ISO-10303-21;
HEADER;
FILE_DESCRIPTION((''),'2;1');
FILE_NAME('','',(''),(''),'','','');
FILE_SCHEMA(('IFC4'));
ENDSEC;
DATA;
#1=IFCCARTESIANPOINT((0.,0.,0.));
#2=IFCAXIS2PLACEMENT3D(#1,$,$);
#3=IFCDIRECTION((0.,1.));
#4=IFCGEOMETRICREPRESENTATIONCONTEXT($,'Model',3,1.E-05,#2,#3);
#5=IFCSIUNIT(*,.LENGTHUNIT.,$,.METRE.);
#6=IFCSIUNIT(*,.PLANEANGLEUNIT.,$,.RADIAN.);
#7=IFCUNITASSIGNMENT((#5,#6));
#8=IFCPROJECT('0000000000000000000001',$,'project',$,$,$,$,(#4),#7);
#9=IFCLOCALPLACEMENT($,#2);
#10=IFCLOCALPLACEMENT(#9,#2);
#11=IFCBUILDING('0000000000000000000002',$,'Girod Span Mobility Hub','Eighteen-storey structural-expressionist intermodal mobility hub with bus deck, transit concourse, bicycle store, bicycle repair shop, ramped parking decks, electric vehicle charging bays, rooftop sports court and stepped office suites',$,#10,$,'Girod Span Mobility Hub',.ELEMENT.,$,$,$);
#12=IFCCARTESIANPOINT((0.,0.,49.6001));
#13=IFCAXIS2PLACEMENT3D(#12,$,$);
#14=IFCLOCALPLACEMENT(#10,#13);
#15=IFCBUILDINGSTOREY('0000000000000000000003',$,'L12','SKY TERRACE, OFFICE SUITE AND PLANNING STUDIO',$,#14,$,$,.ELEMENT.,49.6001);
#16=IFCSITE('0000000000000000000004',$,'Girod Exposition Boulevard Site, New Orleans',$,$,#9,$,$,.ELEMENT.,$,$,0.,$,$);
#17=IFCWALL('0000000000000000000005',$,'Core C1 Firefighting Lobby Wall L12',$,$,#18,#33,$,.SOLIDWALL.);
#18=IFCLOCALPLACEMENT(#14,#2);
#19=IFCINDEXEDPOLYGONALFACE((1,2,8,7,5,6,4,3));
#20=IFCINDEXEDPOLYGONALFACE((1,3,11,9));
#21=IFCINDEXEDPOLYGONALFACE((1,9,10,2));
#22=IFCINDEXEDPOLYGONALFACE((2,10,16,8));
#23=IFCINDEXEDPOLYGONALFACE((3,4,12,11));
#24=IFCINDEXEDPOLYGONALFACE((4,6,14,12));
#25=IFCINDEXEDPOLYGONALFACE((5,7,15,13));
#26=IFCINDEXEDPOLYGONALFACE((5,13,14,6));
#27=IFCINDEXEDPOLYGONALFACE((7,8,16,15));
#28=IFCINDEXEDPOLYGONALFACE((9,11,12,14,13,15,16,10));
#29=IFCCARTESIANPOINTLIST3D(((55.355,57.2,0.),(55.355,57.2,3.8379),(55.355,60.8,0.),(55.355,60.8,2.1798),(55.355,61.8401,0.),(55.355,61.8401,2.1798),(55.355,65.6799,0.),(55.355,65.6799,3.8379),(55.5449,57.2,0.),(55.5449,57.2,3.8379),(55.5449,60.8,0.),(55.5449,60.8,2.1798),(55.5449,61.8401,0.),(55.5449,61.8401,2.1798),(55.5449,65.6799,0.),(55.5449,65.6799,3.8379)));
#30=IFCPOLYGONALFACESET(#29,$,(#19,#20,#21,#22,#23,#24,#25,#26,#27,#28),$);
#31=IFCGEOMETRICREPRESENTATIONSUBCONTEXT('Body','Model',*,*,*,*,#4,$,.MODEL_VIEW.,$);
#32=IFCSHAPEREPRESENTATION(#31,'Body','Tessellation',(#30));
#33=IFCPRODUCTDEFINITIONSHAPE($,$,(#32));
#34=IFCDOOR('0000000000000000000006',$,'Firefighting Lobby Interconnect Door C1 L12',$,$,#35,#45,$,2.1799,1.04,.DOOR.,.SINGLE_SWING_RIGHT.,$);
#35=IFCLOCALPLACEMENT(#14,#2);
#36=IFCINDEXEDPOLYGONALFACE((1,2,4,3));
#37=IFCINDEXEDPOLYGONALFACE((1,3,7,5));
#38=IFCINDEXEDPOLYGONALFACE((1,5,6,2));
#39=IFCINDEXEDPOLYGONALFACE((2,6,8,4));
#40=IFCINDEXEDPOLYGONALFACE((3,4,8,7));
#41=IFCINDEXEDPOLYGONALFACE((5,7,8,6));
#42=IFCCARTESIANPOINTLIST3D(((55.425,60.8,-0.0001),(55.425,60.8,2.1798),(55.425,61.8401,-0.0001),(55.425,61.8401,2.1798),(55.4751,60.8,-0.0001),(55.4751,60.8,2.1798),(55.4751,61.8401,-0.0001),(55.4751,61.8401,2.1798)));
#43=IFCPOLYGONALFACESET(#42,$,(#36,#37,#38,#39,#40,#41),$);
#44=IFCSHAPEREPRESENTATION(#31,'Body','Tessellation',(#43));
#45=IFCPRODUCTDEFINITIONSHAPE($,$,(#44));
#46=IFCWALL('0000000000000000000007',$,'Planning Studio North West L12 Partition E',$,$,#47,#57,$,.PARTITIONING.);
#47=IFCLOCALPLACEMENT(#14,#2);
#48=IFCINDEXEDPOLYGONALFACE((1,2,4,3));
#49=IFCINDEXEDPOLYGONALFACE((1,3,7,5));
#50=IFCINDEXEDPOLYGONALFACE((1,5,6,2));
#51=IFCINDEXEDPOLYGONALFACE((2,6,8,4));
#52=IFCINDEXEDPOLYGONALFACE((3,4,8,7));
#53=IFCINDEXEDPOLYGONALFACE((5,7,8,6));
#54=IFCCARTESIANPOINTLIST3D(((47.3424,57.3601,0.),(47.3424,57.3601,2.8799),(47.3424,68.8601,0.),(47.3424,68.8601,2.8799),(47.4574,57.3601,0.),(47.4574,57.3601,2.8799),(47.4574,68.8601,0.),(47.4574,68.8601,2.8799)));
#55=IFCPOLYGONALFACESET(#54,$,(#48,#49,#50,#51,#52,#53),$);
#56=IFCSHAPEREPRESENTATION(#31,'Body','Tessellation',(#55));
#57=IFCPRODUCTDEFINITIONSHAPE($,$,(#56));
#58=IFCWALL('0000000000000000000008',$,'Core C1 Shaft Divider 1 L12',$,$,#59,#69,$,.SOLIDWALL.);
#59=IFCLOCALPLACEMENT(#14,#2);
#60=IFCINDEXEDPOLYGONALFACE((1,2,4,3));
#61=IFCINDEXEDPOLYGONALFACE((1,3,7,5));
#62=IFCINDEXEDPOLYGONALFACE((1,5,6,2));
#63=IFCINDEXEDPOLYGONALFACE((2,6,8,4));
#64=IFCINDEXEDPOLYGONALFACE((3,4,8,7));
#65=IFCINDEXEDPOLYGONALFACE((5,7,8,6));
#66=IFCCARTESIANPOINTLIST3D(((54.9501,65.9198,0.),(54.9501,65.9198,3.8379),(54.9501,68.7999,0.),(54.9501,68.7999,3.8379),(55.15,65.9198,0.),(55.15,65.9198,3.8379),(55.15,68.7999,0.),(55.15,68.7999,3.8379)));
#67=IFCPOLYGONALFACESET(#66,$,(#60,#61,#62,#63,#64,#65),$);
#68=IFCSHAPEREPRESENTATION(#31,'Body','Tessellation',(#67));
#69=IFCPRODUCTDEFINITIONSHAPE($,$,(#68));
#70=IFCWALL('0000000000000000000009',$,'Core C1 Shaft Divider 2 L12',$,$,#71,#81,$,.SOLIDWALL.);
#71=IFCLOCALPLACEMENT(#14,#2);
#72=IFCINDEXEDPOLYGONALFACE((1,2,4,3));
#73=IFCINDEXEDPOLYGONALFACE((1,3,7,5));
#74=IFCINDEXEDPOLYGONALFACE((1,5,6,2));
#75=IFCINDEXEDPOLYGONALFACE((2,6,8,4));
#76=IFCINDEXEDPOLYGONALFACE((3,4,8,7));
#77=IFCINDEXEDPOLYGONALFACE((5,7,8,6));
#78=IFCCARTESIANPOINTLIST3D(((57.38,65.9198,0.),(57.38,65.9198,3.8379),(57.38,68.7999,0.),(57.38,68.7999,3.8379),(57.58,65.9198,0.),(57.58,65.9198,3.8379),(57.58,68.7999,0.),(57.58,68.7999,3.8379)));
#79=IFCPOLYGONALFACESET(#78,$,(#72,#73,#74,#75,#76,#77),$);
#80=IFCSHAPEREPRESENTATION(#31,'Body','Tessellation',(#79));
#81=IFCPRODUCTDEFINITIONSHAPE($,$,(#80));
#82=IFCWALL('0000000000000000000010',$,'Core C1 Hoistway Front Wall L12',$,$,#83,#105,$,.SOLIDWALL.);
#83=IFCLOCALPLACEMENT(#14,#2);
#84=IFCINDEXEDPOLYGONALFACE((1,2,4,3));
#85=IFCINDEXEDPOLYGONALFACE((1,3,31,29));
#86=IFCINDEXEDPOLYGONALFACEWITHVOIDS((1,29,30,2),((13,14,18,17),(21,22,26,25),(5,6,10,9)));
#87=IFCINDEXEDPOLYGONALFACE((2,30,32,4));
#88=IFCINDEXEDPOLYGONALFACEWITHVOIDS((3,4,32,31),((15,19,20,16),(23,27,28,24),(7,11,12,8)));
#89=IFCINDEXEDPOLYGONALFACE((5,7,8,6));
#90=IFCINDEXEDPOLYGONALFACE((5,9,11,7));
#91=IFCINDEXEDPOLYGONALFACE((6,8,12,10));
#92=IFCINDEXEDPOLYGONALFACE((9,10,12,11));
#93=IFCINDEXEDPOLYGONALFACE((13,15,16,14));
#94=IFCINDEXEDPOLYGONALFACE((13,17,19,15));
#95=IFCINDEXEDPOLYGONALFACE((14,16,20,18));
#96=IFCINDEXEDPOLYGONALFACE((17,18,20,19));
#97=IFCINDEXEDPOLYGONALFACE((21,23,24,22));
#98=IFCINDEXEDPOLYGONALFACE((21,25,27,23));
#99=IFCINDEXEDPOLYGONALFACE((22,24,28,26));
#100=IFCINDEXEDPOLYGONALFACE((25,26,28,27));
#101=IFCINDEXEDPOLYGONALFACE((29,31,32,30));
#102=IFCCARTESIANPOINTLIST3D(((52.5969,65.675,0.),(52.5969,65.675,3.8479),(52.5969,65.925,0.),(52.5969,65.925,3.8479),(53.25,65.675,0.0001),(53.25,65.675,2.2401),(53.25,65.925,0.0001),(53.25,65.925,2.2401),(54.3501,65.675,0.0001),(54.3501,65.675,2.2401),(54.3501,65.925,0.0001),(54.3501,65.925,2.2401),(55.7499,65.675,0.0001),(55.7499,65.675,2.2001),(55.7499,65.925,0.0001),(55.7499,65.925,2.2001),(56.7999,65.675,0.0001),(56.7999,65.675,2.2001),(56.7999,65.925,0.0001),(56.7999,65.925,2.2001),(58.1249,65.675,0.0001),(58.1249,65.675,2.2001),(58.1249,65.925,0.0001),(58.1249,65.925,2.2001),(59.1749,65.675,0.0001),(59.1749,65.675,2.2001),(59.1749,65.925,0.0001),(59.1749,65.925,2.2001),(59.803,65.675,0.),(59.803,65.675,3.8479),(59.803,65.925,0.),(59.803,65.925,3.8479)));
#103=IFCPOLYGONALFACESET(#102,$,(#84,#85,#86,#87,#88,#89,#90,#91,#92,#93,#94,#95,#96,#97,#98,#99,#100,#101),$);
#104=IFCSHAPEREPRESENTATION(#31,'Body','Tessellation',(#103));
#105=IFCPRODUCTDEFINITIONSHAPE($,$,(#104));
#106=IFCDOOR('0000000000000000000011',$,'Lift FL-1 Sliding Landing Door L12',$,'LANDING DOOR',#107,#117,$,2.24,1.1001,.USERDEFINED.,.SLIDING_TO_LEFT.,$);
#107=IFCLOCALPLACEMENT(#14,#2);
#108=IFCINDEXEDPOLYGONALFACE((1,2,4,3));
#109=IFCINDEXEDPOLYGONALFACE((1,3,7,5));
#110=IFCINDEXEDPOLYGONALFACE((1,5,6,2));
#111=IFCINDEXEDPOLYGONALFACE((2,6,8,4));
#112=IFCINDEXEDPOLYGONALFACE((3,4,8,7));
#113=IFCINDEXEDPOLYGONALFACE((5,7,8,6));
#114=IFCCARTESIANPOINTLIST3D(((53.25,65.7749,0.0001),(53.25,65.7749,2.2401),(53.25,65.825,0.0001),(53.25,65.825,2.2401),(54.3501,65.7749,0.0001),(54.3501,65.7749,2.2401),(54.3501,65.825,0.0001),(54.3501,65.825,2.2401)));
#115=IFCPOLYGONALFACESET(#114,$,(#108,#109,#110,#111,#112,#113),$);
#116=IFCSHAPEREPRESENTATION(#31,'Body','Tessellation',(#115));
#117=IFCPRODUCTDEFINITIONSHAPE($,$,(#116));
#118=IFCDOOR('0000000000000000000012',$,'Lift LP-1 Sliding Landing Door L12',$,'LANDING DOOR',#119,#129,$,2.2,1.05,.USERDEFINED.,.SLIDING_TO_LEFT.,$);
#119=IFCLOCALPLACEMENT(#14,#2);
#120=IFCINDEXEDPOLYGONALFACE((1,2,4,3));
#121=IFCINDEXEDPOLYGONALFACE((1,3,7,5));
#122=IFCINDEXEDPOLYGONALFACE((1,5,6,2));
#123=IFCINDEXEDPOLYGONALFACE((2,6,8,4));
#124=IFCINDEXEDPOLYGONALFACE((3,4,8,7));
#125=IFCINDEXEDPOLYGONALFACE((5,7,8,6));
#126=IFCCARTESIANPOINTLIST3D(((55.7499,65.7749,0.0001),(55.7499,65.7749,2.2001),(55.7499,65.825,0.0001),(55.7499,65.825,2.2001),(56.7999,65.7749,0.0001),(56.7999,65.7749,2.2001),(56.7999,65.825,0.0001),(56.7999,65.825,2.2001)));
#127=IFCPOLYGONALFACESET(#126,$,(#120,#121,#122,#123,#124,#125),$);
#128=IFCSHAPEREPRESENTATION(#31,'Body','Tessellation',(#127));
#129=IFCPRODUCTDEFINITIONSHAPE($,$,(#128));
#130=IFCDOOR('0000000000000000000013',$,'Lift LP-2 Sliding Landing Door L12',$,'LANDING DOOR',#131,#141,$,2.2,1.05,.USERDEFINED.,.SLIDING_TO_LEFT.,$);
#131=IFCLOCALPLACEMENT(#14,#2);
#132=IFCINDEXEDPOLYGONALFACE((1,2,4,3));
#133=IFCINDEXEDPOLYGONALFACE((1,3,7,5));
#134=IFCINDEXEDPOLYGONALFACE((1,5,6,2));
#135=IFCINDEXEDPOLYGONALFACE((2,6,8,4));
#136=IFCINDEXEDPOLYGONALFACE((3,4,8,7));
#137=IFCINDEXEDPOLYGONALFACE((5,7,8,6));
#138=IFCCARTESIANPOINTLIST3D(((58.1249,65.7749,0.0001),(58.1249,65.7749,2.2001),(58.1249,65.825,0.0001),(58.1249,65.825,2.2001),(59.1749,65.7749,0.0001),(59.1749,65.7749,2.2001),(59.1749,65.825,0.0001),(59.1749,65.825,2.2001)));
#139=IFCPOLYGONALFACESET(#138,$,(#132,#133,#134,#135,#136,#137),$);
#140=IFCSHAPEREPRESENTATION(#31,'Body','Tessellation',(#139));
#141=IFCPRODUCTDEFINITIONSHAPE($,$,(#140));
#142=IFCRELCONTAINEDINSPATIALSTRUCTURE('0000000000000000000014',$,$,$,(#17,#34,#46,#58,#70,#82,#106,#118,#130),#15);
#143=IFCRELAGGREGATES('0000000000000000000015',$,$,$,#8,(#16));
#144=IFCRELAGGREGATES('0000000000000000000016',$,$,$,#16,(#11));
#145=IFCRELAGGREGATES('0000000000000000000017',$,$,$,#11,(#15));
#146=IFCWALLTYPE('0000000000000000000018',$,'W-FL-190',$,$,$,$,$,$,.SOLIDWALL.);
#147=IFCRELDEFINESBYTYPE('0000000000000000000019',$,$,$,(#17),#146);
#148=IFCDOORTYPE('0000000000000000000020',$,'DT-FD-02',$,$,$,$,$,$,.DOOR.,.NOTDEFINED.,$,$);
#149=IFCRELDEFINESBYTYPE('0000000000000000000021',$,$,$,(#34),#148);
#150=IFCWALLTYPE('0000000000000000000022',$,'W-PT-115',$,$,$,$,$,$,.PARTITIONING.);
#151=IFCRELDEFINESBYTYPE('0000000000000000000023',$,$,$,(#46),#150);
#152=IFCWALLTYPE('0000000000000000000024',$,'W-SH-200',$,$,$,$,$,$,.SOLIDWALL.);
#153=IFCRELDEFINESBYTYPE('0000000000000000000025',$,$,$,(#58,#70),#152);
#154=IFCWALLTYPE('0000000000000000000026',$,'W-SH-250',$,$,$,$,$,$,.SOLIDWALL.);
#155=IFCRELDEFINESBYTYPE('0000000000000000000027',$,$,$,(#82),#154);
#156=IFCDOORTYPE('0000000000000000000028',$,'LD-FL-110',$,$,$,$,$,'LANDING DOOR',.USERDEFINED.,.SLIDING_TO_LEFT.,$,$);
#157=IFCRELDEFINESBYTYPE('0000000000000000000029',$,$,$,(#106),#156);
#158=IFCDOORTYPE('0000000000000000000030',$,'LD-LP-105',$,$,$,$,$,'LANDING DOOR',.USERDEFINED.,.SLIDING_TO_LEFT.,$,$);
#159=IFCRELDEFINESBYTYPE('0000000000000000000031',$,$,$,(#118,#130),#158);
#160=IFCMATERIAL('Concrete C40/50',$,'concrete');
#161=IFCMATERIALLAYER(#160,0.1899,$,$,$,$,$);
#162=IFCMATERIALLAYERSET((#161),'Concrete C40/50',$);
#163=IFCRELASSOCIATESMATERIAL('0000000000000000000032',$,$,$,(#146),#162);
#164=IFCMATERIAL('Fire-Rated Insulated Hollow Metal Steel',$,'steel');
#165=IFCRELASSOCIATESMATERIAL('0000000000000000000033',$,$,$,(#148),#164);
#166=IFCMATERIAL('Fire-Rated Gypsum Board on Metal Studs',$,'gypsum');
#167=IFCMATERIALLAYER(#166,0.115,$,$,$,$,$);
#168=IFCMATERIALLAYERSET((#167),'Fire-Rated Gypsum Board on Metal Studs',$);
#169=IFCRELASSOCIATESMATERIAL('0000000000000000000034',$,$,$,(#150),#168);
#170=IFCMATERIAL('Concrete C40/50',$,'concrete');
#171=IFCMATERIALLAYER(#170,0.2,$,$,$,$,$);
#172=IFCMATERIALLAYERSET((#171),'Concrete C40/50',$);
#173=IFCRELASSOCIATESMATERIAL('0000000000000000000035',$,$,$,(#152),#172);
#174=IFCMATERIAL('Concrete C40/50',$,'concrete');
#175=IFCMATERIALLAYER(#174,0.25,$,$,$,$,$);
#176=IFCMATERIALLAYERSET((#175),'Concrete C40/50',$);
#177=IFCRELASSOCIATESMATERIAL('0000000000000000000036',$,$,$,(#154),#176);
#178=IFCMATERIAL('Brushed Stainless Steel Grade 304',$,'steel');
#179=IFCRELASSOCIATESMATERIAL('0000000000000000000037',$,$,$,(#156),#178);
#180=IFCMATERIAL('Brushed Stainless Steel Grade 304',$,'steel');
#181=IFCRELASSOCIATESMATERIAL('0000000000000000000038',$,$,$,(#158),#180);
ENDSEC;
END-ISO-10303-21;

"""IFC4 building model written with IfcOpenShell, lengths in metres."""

from ifc_helpers import new_model, si_unit, direction, frame, frame_2d, origin, place, context, subcontext, project, spatial, rectangle, extrude, material, layer, layer_set, type_object, element, fill, save


model = new_model("IFC4")

# Units and contexts
model_context = context("Model", 3, precision=1e-05, world=origin(), true_north=direction((0.0, 1.0)))
body_context = subcontext(model_context, "Body", "Model", "MODEL_VIEW")
ifc_project = project(units=[si_unit("LENGTHUNIT", "METRE"), si_unit("PLANEANGLEUNIT", "RADIAN")], contexts=[model_context])

# Site, building, storey
site_placement = place(None, origin())
site = spatial("IfcSite", under=ifc_project, at=site_placement, Name="Girod Exposition Boulevard Site, New Orleans", CompositionType="ELEMENT", RefElevation=0.0)
building_placement = place(site_placement, origin())
building = spatial("IfcBuilding", under=site, at=building_placement, Name="Girod Span Mobility Hub", Description="Eighteen-storey structural-expressionist intermodal mobility hub with bus deck, transit concourse, bicycle store, bicycle repair shop, ramped parking decks, electric vehicle charging bays, rooftop sports court and stepped office suites", LongName="Girod Span Mobility Hub", CompositionType="ELEMENT")
storey_placement = place(building_placement, frame((0.0, 0.0, 49.6001)))
storey = spatial("IfcBuildingStorey", under=building, at=storey_placement, Name="L12", Description="SKY TERRACE, OFFICE SUITE AND PLANNING STUDIO", CompositionType="ELEMENT", Elevation=49.6001)

# Wall, opening, door
ifc_material_1 = material(Name="Concrete C40/50", Category="concrete")
ifc_layer_1 = layer(ifc_material_1, 0.1899)
ifc_layer_set_1 = layer_set([ifc_layer_1], Name="Concrete C40/50")
wall_type_1 = type_object("IfcWallType", Name="W-FL-190", PredefinedType="SOLIDWALL", material=ifc_layer_set_1)
wall_1_placement = place(storey_placement, frame((55.45, 57.2, 0.0), z_axis=(0.0, 0.0, 1.0), x_axis=(0.0, 1.0, 0.0)))
wall_1 = element("IfcWall", 1, at=wall_1_placement, inside=storey, type_object=wall_type_1, Name="Core C1 Firefighting Lobby Wall L12", PredefinedType="SOLIDWALL", context=body_context, shape_type="SweptSolid", body=[
    extrude(rectangle(XDim=8.48, YDim=0.1899, at=frame_2d((4.24, 0.0))), origin(), (0.0, 0.0, 1.0), 3.8379),
])
opening_1_placement = place(wall_1_placement, frame((3.6001, 0.0, 0.0)))
opening_1 = element("IfcOpeningElement", 2, at=opening_1_placement, cuts=wall_1, PredefinedType="OPENING", context=body_context, shape_type="SweptSolid", body=[
    extrude(rectangle(XDim=1.04, YDim=2.1799, at=frame_2d((0.52, 1.0898))), frame((0.0, 0.1099, 0.0), z_axis=(0.0, -1.0, 0.0), x_axis=(1.0, 0.0, 0.0)), (0.0, 0.0, 1.0), 0.22),
])
ifc_material_2 = material(Name="Fire-Rated Insulated Hollow Metal Steel", Category="steel")
door_type_1 = type_object("IfcDoorType", Name="DT-FD-02", OperationType="NOTDEFINED", PredefinedType="DOOR", material=ifc_material_2)
door_1_placement = place(opening_1_placement, origin())
door_1 = element("IfcDoor", 3, at=door_1_placement, inside=storey, type_object=door_type_1, Name="Firefighting Lobby Interconnect Door C1 L12", OperationType="SINGLE_SWING_RIGHT", OverallHeight=2.1799, OverallWidth=1.04, PredefinedType="DOOR", context=body_context, shape_type="SweptSolid", body=[
    extrude(rectangle(XDim=1.04, YDim=2.1799, at=frame_2d((0.52, 1.0898))), frame((0.0, 0.0249, 0.0), z_axis=(0.0, -1.0, 0.0), x_axis=(1.0, 0.0, 0.0)), (0.0, 0.0, 1.0), 0.05),
])
fill(opening_1, door_1)

# Walls
ifc_material_3 = material(Name="Fire-Rated Gypsum Board on Metal Studs", Category="gypsum")
ifc_layer_2 = layer(ifc_material_3, 0.115)
ifc_layer_set_2 = layer_set([ifc_layer_2], Name="Fire-Rated Gypsum Board on Metal Studs")
wall_type_2 = type_object("IfcWallType", Name="W-PT-115", PredefinedType="PARTITIONING", material=ifc_layer_set_2)
wall_2_placement = place(storey_placement, frame((47.3999, 57.3601, 0.0), z_axis=(0.0, 0.0, 1.0), x_axis=(0.0, 1.0, 0.0)))
element("IfcWall", 4, at=wall_2_placement, inside=storey, type_object=wall_type_2, Name="Planning Studio North West L12 Partition E", PredefinedType="PARTITIONING", context=body_context, shape_type="SweptSolid", body=[
    extrude(rectangle(XDim=11.5, YDim=0.115, at=frame_2d((5.75, 0.0))), origin(), (0.0, 0.0, 1.0), 2.8799),
])
ifc_material_4 = material(Name="Concrete C40/50", Category="concrete")
ifc_layer_3 = layer(ifc_material_4, 0.2)
ifc_layer_set_3 = layer_set([ifc_layer_3], Name="Concrete C40/50")
wall_type_3 = type_object("IfcWallType", Name="W-SH-200", PredefinedType="SOLIDWALL", material=ifc_layer_set_3)
for number, where, z_axis, x_axis, name in (
    (5, (55.05, 65.9199, 0.0), (0.0, 0.0, 1.0), (0.0, 1.0, 0.0), "Core C1 Shaft Divider 1 L12"),
    (6, (57.48, 65.9199, 0.0), (0.0, 0.0, 1.0), (0.0, 1.0, 0.0), "Core C1 Shaft Divider 2 L12"),
):
    element("IfcWall", number, at=place(storey_placement, frame(where, z_axis=z_axis, x_axis=x_axis)), inside=storey, type_object=wall_type_3, Name=name, PredefinedType="SOLIDWALL", context=body_context, shape_type="SweptSolid", body=[
        extrude(rectangle(XDim=2.8801, YDim=0.2, at=frame_2d((1.4399, 0.0))), origin(), (0.0, 0.0, 1.0), 3.8379),
    ])

# Wall, openings, doors
ifc_material_5 = material(Name="Concrete C40/50", Category="concrete")
ifc_layer_4 = layer(ifc_material_5, 0.25)
ifc_layer_set_4 = layer_set([ifc_layer_4], Name="Concrete C40/50")
wall_type_4 = type_object("IfcWallType", Name="W-SH-250", PredefinedType="SOLIDWALL", material=ifc_layer_set_4)
wall_3_placement = place(storey_placement, frame((52.5969, 65.8, 0.0), z_axis=(0.0, 0.0, 1.0), x_axis=(1.0, 0.0, 0.0)))
wall_3 = element("IfcWall", 7, at=wall_3_placement, inside=storey, type_object=wall_type_4, Name="Core C1 Hoistway Front Wall L12", PredefinedType="SOLIDWALL", context=body_context, shape_type="SweptSolid", body=[
    extrude(rectangle(XDim=7.2061, YDim=0.25, at=frame_2d((3.603, 0.0))), origin(), (0.0, 0.0, 1.0), 3.8479),
])
opening_2_placement = place(wall_3_placement, frame((0.6531, 0.0, 0.0)))
opening_2 = element("IfcOpeningElement", 8, at=opening_2_placement, cuts=wall_3, PredefinedType="OPENING", context=body_context, shape_type="SweptSolid", body=[
    extrude(rectangle(XDim=1.1001, YDim=2.24, at=frame_2d((0.55, 1.1201))), frame((0.0, 0.1399, 0.0), z_axis=(0.0, -1.0, 0.0), x_axis=(1.0, 0.0, 0.0)), (0.0, 0.0, 1.0), 0.28),
])
opening_3_placement = place(wall_3_placement, frame((3.1531, 0.0, 0.0)))
opening_3 = element("IfcOpeningElement", 9, at=opening_3_placement, cuts=wall_3, PredefinedType="OPENING", context=body_context, shape_type="SweptSolid", body=[
    extrude(rectangle(XDim=1.05, YDim=2.2, at=frame_2d((0.5249, 1.1001))), frame((0.0, 0.1399, 0.0), z_axis=(0.0, -1.0, 0.0), x_axis=(1.0, 0.0, 0.0)), (0.0, 0.0, 1.0), 0.28),
])
opening_4_placement = place(wall_3_placement, frame((5.5281, 0.0, 0.0)))
opening_4 = element("IfcOpeningElement", 10, at=opening_4_placement, cuts=wall_3, PredefinedType="OPENING", context=body_context, shape_type="SweptSolid", body=[
    extrude(rectangle(XDim=1.05, YDim=2.2, at=frame_2d((0.5249, 1.1001))), frame((0.0, 0.1399, 0.0), z_axis=(0.0, -1.0, 0.0), x_axis=(1.0, 0.0, 0.0)), (0.0, 0.0, 1.0), 0.28),
])
ifc_material_6 = material(Name="Brushed Stainless Steel Grade 304", Category="steel")
door_type_2 = type_object("IfcDoorType", Name="LD-FL-110", ElementType="LANDING DOOR", OperationType="SLIDING_TO_LEFT", PredefinedType="USERDEFINED", material=ifc_material_6)
door_2_placement = place(opening_2_placement, origin())
door_2 = element("IfcDoor", 11, at=door_2_placement, inside=storey, type_object=door_type_2, Name="Lift FL-1 Sliding Landing Door L12", ObjectType="LANDING DOOR", OperationType="SLIDING_TO_LEFT", OverallHeight=2.24, OverallWidth=1.1001, PredefinedType="USERDEFINED", context=body_context, shape_type="SweptSolid", body=[
    extrude(rectangle(XDim=1.1001, YDim=2.24, at=frame_2d((0.55, 1.1201))), frame((0.0, 0.0249, 0.0), z_axis=(0.0, -1.0, 0.0), x_axis=(1.0, 0.0, 0.0)), (0.0, 0.0, 1.0), 0.05),
])
fill(opening_2, door_2)
ifc_material_7 = material(Name="Brushed Stainless Steel Grade 304", Category="steel")
door_type_3 = type_object("IfcDoorType", Name="LD-LP-105", ElementType="LANDING DOOR", OperationType="SLIDING_TO_LEFT", PredefinedType="USERDEFINED", material=ifc_material_7)
door_3_placement = place(opening_3_placement, origin())
door_3 = element("IfcDoor", 12, at=door_3_placement, inside=storey, type_object=door_type_3, Name="Lift LP-1 Sliding Landing Door L12", ObjectType="LANDING DOOR", OperationType="SLIDING_TO_LEFT", OverallHeight=2.2, OverallWidth=1.05, PredefinedType="USERDEFINED", context=body_context, shape_type="SweptSolid", body=[
    extrude(rectangle(XDim=1.05, YDim=2.2, at=frame_2d((0.5249, 1.1001))), frame((0.0, 0.0249, 0.0), z_axis=(0.0, -1.0, 0.0), x_axis=(1.0, 0.0, 0.0)), (0.0, 0.0, 1.0), 0.05),
])
fill(opening_3, door_3)
door_4_placement = place(opening_4_placement, origin())
door_4 = element("IfcDoor", 13, at=door_4_placement, inside=storey, type_object=door_type_3, Name="Lift LP-2 Sliding Landing Door L12", ObjectType="LANDING DOOR", OperationType="SLIDING_TO_LEFT", OverallHeight=2.2, OverallWidth=1.05, PredefinedType="USERDEFINED", context=body_context, shape_type="SweptSolid", body=[
    extrude(rectangle(XDim=1.05, YDim=2.2, at=frame_2d((0.5249, 1.1001))), frame((0.0, 0.0249, 0.0), z_axis=(0.0, -1.0, 0.0), x_axis=(1.0, 0.0, 0.0)), (0.0, 0.0, 1.0), 0.05),
])
fill(opening_4, door_4)

save(model, "model.ifc")
